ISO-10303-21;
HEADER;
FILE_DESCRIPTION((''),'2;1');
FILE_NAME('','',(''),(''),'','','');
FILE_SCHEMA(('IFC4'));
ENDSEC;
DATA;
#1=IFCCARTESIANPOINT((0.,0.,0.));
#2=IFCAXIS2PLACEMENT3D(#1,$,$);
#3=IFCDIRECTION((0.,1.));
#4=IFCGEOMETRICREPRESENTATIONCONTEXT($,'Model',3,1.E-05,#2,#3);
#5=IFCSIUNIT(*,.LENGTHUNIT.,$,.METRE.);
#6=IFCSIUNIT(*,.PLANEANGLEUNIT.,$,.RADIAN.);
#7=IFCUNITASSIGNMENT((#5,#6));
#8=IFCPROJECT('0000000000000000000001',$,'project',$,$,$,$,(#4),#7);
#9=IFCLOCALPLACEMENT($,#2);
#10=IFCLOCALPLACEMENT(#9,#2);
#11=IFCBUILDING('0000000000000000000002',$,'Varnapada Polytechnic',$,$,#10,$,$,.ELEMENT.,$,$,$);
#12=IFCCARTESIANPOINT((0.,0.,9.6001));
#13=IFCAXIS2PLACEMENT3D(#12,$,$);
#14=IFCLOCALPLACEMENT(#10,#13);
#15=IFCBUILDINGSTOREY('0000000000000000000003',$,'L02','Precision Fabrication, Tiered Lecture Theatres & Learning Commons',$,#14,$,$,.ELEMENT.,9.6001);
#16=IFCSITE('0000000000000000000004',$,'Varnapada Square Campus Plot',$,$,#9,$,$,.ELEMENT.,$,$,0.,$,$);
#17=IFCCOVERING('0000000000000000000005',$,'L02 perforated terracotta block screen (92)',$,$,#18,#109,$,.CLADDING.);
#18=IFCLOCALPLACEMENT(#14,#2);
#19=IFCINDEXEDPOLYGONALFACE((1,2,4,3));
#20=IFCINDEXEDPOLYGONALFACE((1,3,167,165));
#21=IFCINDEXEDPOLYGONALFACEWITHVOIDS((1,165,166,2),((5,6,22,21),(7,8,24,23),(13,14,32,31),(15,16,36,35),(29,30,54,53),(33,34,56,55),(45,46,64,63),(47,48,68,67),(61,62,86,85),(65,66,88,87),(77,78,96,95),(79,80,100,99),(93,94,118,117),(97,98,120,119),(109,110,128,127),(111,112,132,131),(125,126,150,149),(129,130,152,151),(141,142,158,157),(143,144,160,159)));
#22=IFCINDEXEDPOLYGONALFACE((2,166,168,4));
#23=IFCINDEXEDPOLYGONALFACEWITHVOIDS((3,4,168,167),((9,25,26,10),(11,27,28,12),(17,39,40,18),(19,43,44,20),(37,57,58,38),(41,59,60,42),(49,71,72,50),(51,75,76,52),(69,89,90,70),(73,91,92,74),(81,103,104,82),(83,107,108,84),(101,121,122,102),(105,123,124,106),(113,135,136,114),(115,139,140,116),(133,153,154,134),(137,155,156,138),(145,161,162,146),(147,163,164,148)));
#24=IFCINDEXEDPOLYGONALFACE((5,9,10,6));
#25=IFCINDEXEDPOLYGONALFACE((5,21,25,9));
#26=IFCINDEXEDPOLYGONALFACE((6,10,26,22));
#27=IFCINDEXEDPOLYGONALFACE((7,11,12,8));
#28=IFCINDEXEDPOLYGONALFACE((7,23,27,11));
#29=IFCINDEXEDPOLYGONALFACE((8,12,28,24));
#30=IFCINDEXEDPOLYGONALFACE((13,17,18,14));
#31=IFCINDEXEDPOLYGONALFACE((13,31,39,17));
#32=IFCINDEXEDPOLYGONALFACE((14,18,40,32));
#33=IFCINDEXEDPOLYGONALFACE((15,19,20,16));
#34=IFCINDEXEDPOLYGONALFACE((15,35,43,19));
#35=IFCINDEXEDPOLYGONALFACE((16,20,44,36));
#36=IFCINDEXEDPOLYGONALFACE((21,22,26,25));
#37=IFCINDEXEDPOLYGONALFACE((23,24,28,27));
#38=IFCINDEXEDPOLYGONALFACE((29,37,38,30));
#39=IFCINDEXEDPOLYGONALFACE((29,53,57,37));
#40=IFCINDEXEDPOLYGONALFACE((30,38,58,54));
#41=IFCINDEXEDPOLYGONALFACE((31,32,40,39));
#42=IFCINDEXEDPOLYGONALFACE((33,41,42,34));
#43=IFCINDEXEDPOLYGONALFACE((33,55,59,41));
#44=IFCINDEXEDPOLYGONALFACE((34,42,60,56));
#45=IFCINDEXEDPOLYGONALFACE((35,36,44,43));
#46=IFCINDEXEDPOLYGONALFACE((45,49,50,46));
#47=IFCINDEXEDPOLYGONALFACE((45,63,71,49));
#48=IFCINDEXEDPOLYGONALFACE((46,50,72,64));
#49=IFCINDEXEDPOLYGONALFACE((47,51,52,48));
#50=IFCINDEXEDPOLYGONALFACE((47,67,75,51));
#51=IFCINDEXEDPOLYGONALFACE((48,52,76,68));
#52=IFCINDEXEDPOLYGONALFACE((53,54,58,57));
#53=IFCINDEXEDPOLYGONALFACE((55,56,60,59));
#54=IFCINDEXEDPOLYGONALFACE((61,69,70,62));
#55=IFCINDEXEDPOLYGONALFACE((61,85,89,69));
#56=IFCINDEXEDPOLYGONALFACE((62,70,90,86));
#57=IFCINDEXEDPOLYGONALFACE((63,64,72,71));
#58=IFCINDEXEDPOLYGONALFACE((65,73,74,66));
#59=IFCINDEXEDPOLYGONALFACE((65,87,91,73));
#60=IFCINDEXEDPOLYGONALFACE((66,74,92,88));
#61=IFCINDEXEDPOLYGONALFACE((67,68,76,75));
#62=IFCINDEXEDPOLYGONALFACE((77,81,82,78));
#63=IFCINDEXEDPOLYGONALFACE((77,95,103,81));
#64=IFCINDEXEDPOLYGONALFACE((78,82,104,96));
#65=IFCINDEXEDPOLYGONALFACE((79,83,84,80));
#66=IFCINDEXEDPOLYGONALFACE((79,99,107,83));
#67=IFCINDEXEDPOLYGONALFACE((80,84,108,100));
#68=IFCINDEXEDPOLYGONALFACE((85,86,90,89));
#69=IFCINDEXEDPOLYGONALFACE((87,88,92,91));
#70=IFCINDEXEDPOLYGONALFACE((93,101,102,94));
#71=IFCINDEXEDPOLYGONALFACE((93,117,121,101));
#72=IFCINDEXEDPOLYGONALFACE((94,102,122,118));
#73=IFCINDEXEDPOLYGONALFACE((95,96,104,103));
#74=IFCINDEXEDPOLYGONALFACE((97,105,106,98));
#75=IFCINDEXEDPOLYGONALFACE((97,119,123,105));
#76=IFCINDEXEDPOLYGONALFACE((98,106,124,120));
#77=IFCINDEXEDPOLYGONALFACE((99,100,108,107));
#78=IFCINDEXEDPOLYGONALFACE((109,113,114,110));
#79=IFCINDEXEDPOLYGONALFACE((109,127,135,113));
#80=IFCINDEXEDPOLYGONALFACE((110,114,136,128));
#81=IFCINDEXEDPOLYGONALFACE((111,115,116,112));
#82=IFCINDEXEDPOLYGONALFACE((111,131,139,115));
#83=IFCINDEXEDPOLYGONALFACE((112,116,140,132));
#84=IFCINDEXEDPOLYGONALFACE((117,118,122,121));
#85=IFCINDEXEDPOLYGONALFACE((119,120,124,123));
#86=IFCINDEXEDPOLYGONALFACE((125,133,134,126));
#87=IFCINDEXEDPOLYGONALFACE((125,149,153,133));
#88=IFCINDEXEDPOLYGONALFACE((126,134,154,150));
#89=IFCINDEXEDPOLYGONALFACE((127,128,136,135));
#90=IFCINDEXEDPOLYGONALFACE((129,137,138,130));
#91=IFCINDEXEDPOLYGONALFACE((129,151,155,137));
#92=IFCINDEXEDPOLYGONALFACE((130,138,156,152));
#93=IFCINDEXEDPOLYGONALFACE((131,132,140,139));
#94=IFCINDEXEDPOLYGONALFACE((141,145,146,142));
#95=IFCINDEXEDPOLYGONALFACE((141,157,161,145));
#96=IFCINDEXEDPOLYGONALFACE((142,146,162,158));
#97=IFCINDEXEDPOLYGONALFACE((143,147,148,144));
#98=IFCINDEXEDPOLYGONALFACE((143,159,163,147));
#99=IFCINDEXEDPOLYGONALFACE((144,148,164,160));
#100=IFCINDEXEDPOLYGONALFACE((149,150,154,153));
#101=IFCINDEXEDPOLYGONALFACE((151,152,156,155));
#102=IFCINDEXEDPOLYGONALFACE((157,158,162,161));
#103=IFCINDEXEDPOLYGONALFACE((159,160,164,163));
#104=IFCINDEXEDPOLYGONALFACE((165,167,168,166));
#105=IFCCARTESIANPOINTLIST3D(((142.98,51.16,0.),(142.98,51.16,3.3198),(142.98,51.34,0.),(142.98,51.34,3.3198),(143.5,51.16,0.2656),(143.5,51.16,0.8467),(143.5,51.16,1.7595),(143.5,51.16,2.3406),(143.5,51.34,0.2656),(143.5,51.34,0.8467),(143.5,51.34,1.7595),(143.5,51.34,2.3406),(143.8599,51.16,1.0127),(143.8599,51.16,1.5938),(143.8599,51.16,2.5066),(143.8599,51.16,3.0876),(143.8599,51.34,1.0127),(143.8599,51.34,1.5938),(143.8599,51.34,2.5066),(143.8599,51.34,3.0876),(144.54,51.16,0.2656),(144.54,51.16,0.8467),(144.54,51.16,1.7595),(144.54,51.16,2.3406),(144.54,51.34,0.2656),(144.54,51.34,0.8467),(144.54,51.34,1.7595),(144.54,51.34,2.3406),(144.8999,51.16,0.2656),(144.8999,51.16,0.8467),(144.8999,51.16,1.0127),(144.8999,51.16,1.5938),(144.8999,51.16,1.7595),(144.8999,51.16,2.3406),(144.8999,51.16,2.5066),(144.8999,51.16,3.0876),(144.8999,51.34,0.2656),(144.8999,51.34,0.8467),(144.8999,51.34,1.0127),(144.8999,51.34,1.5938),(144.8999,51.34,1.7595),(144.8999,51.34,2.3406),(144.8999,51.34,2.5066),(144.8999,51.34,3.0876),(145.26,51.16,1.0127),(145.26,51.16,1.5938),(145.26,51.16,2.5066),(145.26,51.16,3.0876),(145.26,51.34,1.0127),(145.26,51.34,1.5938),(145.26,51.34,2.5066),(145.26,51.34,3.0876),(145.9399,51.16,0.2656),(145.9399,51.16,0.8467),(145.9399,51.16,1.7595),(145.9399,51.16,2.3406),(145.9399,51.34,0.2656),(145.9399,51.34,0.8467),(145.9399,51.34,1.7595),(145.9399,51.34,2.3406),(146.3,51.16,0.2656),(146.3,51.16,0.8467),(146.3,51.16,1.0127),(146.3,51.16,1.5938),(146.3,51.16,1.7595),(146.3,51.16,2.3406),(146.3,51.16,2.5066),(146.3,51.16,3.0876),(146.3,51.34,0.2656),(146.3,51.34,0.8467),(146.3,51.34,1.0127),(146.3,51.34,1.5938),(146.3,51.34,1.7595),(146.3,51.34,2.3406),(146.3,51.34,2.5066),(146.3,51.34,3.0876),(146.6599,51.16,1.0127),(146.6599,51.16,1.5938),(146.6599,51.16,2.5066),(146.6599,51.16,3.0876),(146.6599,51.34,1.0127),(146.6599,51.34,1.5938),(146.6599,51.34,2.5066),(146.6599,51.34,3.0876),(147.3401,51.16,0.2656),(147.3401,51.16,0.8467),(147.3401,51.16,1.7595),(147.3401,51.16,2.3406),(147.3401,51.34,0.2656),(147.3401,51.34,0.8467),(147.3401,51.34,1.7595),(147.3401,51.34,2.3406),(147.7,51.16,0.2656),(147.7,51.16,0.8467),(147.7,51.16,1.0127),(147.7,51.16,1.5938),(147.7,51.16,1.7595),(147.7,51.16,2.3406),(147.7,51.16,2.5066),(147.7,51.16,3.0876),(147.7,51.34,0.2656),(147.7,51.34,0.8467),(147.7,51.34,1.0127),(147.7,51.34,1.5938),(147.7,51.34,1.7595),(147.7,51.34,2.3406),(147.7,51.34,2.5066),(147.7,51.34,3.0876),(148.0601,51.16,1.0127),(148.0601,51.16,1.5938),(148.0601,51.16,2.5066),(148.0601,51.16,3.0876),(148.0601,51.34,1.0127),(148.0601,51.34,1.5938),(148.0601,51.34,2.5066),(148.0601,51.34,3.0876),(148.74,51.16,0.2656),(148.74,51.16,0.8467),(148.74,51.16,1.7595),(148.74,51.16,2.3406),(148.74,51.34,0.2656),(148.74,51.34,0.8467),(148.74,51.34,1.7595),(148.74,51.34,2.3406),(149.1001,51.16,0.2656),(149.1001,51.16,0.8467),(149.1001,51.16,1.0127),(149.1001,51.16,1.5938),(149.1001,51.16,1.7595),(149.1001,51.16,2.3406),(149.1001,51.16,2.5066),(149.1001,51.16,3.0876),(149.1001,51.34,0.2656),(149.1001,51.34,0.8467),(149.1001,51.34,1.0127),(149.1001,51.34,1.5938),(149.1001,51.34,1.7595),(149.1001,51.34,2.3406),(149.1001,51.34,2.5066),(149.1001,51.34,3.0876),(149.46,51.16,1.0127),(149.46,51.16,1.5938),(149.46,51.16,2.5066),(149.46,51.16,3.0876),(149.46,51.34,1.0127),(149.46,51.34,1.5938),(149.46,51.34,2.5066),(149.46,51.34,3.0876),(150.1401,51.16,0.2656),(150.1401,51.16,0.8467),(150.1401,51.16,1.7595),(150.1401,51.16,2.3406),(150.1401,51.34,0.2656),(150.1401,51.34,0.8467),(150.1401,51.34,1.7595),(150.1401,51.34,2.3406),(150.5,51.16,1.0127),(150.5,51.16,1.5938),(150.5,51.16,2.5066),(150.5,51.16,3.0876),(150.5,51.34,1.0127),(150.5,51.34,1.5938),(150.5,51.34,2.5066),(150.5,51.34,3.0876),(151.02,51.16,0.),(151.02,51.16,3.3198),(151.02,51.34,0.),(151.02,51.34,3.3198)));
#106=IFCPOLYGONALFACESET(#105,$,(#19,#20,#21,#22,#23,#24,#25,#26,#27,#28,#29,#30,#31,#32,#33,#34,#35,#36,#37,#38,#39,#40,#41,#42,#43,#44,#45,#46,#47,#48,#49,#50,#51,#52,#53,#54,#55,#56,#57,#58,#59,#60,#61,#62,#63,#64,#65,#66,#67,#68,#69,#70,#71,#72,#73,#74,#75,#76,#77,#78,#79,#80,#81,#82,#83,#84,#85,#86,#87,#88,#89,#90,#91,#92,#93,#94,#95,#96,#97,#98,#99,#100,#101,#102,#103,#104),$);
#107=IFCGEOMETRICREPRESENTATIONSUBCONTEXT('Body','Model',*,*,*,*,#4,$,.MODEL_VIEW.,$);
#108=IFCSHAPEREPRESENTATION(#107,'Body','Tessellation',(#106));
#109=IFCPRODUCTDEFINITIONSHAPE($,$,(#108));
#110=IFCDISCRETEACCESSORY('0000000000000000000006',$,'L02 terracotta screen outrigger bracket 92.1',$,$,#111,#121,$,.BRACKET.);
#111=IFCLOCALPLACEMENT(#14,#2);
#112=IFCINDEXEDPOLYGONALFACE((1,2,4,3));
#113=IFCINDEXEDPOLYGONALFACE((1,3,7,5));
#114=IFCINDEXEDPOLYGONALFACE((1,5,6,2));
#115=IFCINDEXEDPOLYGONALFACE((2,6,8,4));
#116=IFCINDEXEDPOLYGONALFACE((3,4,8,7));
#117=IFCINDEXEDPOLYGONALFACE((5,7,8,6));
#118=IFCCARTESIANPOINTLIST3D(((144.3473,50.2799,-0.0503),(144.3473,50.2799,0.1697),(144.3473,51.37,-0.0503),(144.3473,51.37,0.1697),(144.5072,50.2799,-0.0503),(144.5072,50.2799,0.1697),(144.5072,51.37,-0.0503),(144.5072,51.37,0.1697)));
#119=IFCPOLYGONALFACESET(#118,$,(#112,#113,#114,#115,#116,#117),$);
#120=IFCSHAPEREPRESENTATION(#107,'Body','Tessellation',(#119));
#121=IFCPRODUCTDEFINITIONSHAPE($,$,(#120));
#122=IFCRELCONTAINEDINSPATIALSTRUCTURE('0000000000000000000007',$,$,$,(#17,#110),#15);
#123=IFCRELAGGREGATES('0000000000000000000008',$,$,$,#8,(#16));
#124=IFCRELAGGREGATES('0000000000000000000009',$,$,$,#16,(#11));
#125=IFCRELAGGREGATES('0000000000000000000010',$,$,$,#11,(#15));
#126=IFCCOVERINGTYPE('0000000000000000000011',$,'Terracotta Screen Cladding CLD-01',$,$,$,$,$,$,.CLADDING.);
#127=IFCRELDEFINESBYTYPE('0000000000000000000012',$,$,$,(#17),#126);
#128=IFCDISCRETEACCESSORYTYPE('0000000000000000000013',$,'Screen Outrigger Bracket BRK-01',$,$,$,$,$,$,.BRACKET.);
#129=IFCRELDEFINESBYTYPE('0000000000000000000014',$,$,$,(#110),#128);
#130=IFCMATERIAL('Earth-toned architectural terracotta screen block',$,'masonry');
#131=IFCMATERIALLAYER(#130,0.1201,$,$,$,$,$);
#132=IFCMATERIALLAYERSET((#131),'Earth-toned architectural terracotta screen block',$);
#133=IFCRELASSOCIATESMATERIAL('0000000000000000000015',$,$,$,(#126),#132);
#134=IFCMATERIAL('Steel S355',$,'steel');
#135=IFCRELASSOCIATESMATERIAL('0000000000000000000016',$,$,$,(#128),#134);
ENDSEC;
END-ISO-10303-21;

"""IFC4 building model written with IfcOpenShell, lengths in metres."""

from ifc_helpers import new_model, si_unit, direction, frame, frame_2d, origin, origin_2d, place, context, subcontext, project, spatial, rectangle, extrude, material, layer, layer_set, type_object, element, save


model = new_model("IFC4")

# Units and contexts
model_context = context("Model", 3, precision=1e-05, world=origin(), true_north=direction((0.0, 1.0)))
body_context = subcontext(model_context, "Body", "Model", "MODEL_VIEW")
ifc_project = project(units=[si_unit("LENGTHUNIT", "METRE"), si_unit("PLANEANGLEUNIT", "RADIAN")], contexts=[model_context])

# Site, building, storey
site_placement = place(None, origin())
site = spatial("IfcSite", under=ifc_project, at=site_placement, Name="Varnapada Square Campus Plot", CompositionType="ELEMENT", RefElevation=0.0)
building_placement = place(site_placement, origin())
building = spatial("IfcBuilding", under=site, at=building_placement, Name="Varnapada Polytechnic", CompositionType="ELEMENT")
storey_placement = place(building_placement, frame((0.0, 0.0, 9.6001)))
storey = spatial("IfcBuildingStorey", under=building, at=storey_placement, Name="L02", Description="Precision Fabrication, Tiered Lecture Theatres & Learning Commons", CompositionType="ELEMENT", Elevation=9.6001)

# Covering, openings
ifc_material_1 = material(Name="Earth-toned architectural terracotta screen block", Category="masonry")
ifc_layer = layer(ifc_material_1, 0.1201)
ifc_layer_set = layer_set([ifc_layer], Name="Earth-toned architectural terracotta screen block")
covering_type = type_object("IfcCoveringType", Name="Terracotta Screen Cladding CLD-01", PredefinedType="CLADDING", material=ifc_layer_set)
covering_placement = place(storey_placement, frame((142.98, 51.25, 0.0), z_axis=(0.0, 0.0, 1.0), x_axis=(1.0, 0.0, 0.0)))
covering = element("IfcCovering", 1, at=covering_placement, inside=storey, type_object=covering_type, Name="L02 perforated terracotta block screen (92)", PredefinedType="CLADDING", context=body_context, shape_type="SweptSolid", body=[
    extrude(rectangle(XDim=8.04, YDim=0.1799, at=frame_2d((4.02, 0.0))), origin(), (0.0, 0.0, 1.0), 3.3198),
])
opening_1_placement = place(covering_placement, frame((0.52, 0.0, 0.2656)))
element("IfcOpeningElement", 2, at=opening_1_placement, cuts=covering, PredefinedType="OPENING", context=body_context, shape_type="SweptSolid", body=[
    extrude(rectangle(XDim=1.04, YDim=0.5811, at=frame_2d((0.52, 0.2905))), frame((0.0, 0.0999, 0.0), z_axis=(0.0, -1.0, 0.0), x_axis=(1.0, 0.0, 0.0)), (0.0, 0.0, 1.0), 0.2),
])
opening_2_placement = place(covering_placement, frame((1.9199, 0.0, 0.2656)))
element("IfcOpeningElement", 3, at=opening_2_placement, cuts=covering, PredefinedType="OPENING", context=body_context, shape_type="SweptSolid", body=[
    extrude(rectangle(XDim=1.04, YDim=0.5811, at=frame_2d((0.52, 0.2905))), frame((0.0, 0.0999, 0.0), z_axis=(0.0, -1.0, 0.0), x_axis=(1.0, 0.0, 0.0)), (0.0, 0.0, 1.0), 0.2),
])
opening_3_placement = place(covering_placement, frame((3.3201, 0.0, 0.2656)))
element("IfcOpeningElement", 4, at=opening_3_placement, cuts=covering, PredefinedType="OPENING", context=body_context, shape_type="SweptSolid", body=[
    extrude(rectangle(XDim=1.04, YDim=0.5811, at=frame_2d((0.52, 0.2905))), frame((0.0, 0.0999, 0.0), z_axis=(0.0, -1.0, 0.0), x_axis=(1.0, 0.0, 0.0)), (0.0, 0.0, 1.0), 0.2),
])
opening_4_placement = place(covering_placement, frame((4.72, 0.0, 0.2656)))
element("IfcOpeningElement", 5, at=opening_4_placement, cuts=covering, PredefinedType="OPENING", context=body_context, shape_type="SweptSolid", body=[
    extrude(rectangle(XDim=1.04, YDim=0.5811, at=frame_2d((0.52, 0.2905))), frame((0.0, 0.0999, 0.0), z_axis=(0.0, -1.0, 0.0), x_axis=(1.0, 0.0, 0.0)), (0.0, 0.0, 1.0), 0.2),
])
opening_5_placement = place(covering_placement, frame((6.1201, 0.0, 0.2656)))
element("IfcOpeningElement", 6, at=opening_5_placement, cuts=covering, PredefinedType="OPENING", context=body_context, shape_type="SweptSolid", body=[
    extrude(rectangle(XDim=1.04, YDim=0.5811, at=frame_2d((0.52, 0.2905))), frame((0.0, 0.0999, 0.0), z_axis=(0.0, -1.0, 0.0), x_axis=(1.0, 0.0, 0.0)), (0.0, 0.0, 1.0), 0.2),
])
opening_6_placement = place(covering_placement, frame((0.8799, 0.0, 1.0127)))
element("IfcOpeningElement", 7, at=opening_6_placement, cuts=covering, PredefinedType="OPENING", context=body_context, shape_type="SweptSolid", body=[
    extrude(rectangle(XDim=1.04, YDim=0.5811, at=frame_2d((0.52, 0.2905))), frame((0.0, 0.0999, 0.0), z_axis=(0.0, -1.0, 0.0), x_axis=(1.0, 0.0, 0.0)), (0.0, 0.0, 1.0), 0.2),
])
opening_7_placement = place(covering_placement, frame((2.28, 0.0, 1.0127)))
element("IfcOpeningElement", 8, at=opening_7_placement, cuts=covering, PredefinedType="OPENING", context=body_context, shape_type="SweptSolid", body=[
    extrude(rectangle(XDim=1.04, YDim=0.5811, at=frame_2d((0.52, 0.2905))), frame((0.0, 0.0999, 0.0), z_axis=(0.0, -1.0, 0.0), x_axis=(1.0, 0.0, 0.0)), (0.0, 0.0, 1.0), 0.2),
])
opening_8_placement = place(covering_placement, frame((3.6799, 0.0, 1.0127)))
element("IfcOpeningElement", 9, at=opening_8_placement, cuts=covering, PredefinedType="OPENING", context=body_context, shape_type="SweptSolid", body=[
    extrude(rectangle(XDim=1.04, YDim=0.5811, at=frame_2d((0.52, 0.2905))), frame((0.0, 0.0999, 0.0), z_axis=(0.0, -1.0, 0.0), x_axis=(1.0, 0.0, 0.0)), (0.0, 0.0, 1.0), 0.2),
])
opening_9_placement = place(covering_placement, frame((5.0801, 0.0, 1.0127)))
element("IfcOpeningElement", 10, at=opening_9_placement, cuts=covering, PredefinedType="OPENING", context=body_context, shape_type="SweptSolid", body=[
    extrude(rectangle(XDim=1.04, YDim=0.5811, at=frame_2d((0.52, 0.2905))), frame((0.0, 0.0999, 0.0), z_axis=(0.0, -1.0, 0.0), x_axis=(1.0, 0.0, 0.0)), (0.0, 0.0, 1.0), 0.2),
])
opening_10_placement = place(covering_placement, frame((6.48, 0.0, 1.0127)))
element("IfcOpeningElement", 11, at=opening_10_placement, cuts=covering, PredefinedType="OPENING", context=body_context, shape_type="SweptSolid", body=[
    extrude(rectangle(XDim=1.04, YDim=0.5811, at=frame_2d((0.52, 0.2905))), frame((0.0, 0.0999, 0.0), z_axis=(0.0, -1.0, 0.0), x_axis=(1.0, 0.0, 0.0)), (0.0, 0.0, 1.0), 0.2),
])
opening_11_placement = place(covering_placement, frame((0.52, 0.0, 1.7595)))
element("IfcOpeningElement", 12, at=opening_11_placement, cuts=covering, PredefinedType="OPENING", context=body_context, shape_type="SweptSolid", body=[
    extrude(rectangle(XDim=1.04, YDim=0.5811, at=frame_2d((0.52, 0.2905))), frame((0.0, 0.0999, 0.0), z_axis=(0.0, -1.0, 0.0), x_axis=(1.0, 0.0, 0.0)), (0.0, 0.0, 1.0), 0.2),
])
opening_12_placement = place(covering_placement, frame((1.9199, 0.0, 1.7595)))
element("IfcOpeningElement", 13, at=opening_12_placement, cuts=covering, PredefinedType="OPENING", context=body_context, shape_type="SweptSolid", body=[
    extrude(rectangle(XDim=1.04, YDim=0.5811, at=frame_2d((0.52, 0.2905))), frame((0.0, 0.0999, 0.0), z_axis=(0.0, -1.0, 0.0), x_axis=(1.0, 0.0, 0.0)), (0.0, 0.0, 1.0), 0.2),
])
opening_13_placement = place(covering_placement, frame((3.3201, 0.0, 1.7595)))
element("IfcOpeningElement", 14, at=opening_13_placement, cuts=covering, PredefinedType="OPENING", context=body_context, shape_type="SweptSolid", body=[
    extrude(rectangle(XDim=1.04, YDim=0.5811, at=frame_2d((0.52, 0.2905))), frame((0.0, 0.0999, 0.0), z_axis=(0.0, -1.0, 0.0), x_axis=(1.0, 0.0, 0.0)), (0.0, 0.0, 1.0), 0.2),
])
opening_14_placement = place(covering_placement, frame((4.72, 0.0, 1.7595)))
element("IfcOpeningElement", 15, at=opening_14_placement, cuts=covering, PredefinedType="OPENING", context=body_context, shape_type="SweptSolid", body=[
    extrude(rectangle(XDim=1.04, YDim=0.5811, at=frame_2d((0.52, 0.2905))), frame((0.0, 0.0999, 0.0), z_axis=(0.0, -1.0, 0.0), x_axis=(1.0, 0.0, 0.0)), (0.0, 0.0, 1.0), 0.2),
])
opening_15_placement = place(covering_placement, frame((6.1201, 0.0, 1.7595)))
element("IfcOpeningElement", 16, at=opening_15_placement, cuts=covering, PredefinedType="OPENING", context=body_context, shape_type="SweptSolid", body=[
    extrude(rectangle(XDim=1.04, YDim=0.5811, at=frame_2d((0.52, 0.2905))), frame((0.0, 0.0999, 0.0), z_axis=(0.0, -1.0, 0.0), x_axis=(1.0, 0.0, 0.0)), (0.0, 0.0, 1.0), 0.2),
])
opening_16_placement = place(covering_placement, frame((0.8799, 0.0, 2.5066)))
element("IfcOpeningElement", 17, at=opening_16_placement, cuts=covering, PredefinedType="OPENING", context=body_context, shape_type="SweptSolid", body=[
    extrude(rectangle(XDim=1.04, YDim=0.5811, at=frame_2d((0.52, 0.2905))), frame((0.0, 0.0999, 0.0), z_axis=(0.0, -1.0, 0.0), x_axis=(1.0, 0.0, 0.0)), (0.0, 0.0, 1.0), 0.2),
])
opening_17_placement = place(covering_placement, frame((2.28, 0.0, 2.5066)))
element("IfcOpeningElement", 18, at=opening_17_placement, cuts=covering, PredefinedType="OPENING", context=body_context, shape_type="SweptSolid", body=[
    extrude(rectangle(XDim=1.04, YDim=0.5811, at=frame_2d((0.52, 0.2905))), frame((0.0, 0.0999, 0.0), z_axis=(0.0, -1.0, 0.0), x_axis=(1.0, 0.0, 0.0)), (0.0, 0.0, 1.0), 0.2),
])
opening_18_placement = place(covering_placement, frame((3.6799, 0.0, 2.5066)))
element("IfcOpeningElement", 19, at=opening_18_placement, cuts=covering, PredefinedType="OPENING", context=body_context, shape_type="SweptSolid", body=[
    extrude(rectangle(XDim=1.04, YDim=0.5811, at=frame_2d((0.52, 0.2905))), frame((0.0, 0.0999, 0.0), z_axis=(0.0, -1.0, 0.0), x_axis=(1.0, 0.0, 0.0)), (0.0, 0.0, 1.0), 0.2),
])
opening_19_placement = place(covering_placement, frame((5.0801, 0.0, 2.5066)))
element("IfcOpeningElement", 20, at=opening_19_placement, cuts=covering, PredefinedType="OPENING", context=body_context, shape_type="SweptSolid", body=[
    extrude(rectangle(XDim=1.04, YDim=0.5811, at=frame_2d((0.52, 0.2905))), frame((0.0, 0.0999, 0.0), z_axis=(0.0, -1.0, 0.0), x_axis=(1.0, 0.0, 0.0)), (0.0, 0.0, 1.0), 0.2),
])
opening_20_placement = place(covering_placement, frame((6.48, 0.0, 2.5066)))
element("IfcOpeningElement", 21, at=opening_20_placement, cuts=covering, PredefinedType="OPENING", context=body_context, shape_type="SweptSolid", body=[
    extrude(rectangle(XDim=1.04, YDim=0.5811, at=frame_2d((0.52, 0.2905))), frame((0.0, 0.0999, 0.0), z_axis=(0.0, -1.0, 0.0), x_axis=(1.0, 0.0, 0.0)), (0.0, 0.0, 1.0), 0.2),
])

# Discrete accessory
ifc_material_2 = material(Name="Steel S355", Category="steel")
discrete_accessory_type = type_object("IfcDiscreteAccessoryType", Name="Screen Outrigger Bracket BRK-01", PredefinedType="BRACKET", material=ifc_material_2)
discrete_accessory_placement = place(storey_placement, frame((144.4272, 50.825, -0.0503), z_axis=(0.0, 0.0, 1.0), x_axis=(1.0, 0.0, 0.0)))
element("IfcDiscreteAccessory", 22, at=discrete_accessory_placement, inside=storey, type_object=discrete_accessory_type, Name="L02 terracotta screen outrigger bracket 92.1", PredefinedType="BRACKET", context=body_context, shape_type="SweptSolid", body=[
    extrude(rectangle(XDim=0.1599, YDim=1.0901, at=origin_2d()), origin(), (0.0, 0.0, 1.0), 0.22),
])

save(model, "model.ifc")
